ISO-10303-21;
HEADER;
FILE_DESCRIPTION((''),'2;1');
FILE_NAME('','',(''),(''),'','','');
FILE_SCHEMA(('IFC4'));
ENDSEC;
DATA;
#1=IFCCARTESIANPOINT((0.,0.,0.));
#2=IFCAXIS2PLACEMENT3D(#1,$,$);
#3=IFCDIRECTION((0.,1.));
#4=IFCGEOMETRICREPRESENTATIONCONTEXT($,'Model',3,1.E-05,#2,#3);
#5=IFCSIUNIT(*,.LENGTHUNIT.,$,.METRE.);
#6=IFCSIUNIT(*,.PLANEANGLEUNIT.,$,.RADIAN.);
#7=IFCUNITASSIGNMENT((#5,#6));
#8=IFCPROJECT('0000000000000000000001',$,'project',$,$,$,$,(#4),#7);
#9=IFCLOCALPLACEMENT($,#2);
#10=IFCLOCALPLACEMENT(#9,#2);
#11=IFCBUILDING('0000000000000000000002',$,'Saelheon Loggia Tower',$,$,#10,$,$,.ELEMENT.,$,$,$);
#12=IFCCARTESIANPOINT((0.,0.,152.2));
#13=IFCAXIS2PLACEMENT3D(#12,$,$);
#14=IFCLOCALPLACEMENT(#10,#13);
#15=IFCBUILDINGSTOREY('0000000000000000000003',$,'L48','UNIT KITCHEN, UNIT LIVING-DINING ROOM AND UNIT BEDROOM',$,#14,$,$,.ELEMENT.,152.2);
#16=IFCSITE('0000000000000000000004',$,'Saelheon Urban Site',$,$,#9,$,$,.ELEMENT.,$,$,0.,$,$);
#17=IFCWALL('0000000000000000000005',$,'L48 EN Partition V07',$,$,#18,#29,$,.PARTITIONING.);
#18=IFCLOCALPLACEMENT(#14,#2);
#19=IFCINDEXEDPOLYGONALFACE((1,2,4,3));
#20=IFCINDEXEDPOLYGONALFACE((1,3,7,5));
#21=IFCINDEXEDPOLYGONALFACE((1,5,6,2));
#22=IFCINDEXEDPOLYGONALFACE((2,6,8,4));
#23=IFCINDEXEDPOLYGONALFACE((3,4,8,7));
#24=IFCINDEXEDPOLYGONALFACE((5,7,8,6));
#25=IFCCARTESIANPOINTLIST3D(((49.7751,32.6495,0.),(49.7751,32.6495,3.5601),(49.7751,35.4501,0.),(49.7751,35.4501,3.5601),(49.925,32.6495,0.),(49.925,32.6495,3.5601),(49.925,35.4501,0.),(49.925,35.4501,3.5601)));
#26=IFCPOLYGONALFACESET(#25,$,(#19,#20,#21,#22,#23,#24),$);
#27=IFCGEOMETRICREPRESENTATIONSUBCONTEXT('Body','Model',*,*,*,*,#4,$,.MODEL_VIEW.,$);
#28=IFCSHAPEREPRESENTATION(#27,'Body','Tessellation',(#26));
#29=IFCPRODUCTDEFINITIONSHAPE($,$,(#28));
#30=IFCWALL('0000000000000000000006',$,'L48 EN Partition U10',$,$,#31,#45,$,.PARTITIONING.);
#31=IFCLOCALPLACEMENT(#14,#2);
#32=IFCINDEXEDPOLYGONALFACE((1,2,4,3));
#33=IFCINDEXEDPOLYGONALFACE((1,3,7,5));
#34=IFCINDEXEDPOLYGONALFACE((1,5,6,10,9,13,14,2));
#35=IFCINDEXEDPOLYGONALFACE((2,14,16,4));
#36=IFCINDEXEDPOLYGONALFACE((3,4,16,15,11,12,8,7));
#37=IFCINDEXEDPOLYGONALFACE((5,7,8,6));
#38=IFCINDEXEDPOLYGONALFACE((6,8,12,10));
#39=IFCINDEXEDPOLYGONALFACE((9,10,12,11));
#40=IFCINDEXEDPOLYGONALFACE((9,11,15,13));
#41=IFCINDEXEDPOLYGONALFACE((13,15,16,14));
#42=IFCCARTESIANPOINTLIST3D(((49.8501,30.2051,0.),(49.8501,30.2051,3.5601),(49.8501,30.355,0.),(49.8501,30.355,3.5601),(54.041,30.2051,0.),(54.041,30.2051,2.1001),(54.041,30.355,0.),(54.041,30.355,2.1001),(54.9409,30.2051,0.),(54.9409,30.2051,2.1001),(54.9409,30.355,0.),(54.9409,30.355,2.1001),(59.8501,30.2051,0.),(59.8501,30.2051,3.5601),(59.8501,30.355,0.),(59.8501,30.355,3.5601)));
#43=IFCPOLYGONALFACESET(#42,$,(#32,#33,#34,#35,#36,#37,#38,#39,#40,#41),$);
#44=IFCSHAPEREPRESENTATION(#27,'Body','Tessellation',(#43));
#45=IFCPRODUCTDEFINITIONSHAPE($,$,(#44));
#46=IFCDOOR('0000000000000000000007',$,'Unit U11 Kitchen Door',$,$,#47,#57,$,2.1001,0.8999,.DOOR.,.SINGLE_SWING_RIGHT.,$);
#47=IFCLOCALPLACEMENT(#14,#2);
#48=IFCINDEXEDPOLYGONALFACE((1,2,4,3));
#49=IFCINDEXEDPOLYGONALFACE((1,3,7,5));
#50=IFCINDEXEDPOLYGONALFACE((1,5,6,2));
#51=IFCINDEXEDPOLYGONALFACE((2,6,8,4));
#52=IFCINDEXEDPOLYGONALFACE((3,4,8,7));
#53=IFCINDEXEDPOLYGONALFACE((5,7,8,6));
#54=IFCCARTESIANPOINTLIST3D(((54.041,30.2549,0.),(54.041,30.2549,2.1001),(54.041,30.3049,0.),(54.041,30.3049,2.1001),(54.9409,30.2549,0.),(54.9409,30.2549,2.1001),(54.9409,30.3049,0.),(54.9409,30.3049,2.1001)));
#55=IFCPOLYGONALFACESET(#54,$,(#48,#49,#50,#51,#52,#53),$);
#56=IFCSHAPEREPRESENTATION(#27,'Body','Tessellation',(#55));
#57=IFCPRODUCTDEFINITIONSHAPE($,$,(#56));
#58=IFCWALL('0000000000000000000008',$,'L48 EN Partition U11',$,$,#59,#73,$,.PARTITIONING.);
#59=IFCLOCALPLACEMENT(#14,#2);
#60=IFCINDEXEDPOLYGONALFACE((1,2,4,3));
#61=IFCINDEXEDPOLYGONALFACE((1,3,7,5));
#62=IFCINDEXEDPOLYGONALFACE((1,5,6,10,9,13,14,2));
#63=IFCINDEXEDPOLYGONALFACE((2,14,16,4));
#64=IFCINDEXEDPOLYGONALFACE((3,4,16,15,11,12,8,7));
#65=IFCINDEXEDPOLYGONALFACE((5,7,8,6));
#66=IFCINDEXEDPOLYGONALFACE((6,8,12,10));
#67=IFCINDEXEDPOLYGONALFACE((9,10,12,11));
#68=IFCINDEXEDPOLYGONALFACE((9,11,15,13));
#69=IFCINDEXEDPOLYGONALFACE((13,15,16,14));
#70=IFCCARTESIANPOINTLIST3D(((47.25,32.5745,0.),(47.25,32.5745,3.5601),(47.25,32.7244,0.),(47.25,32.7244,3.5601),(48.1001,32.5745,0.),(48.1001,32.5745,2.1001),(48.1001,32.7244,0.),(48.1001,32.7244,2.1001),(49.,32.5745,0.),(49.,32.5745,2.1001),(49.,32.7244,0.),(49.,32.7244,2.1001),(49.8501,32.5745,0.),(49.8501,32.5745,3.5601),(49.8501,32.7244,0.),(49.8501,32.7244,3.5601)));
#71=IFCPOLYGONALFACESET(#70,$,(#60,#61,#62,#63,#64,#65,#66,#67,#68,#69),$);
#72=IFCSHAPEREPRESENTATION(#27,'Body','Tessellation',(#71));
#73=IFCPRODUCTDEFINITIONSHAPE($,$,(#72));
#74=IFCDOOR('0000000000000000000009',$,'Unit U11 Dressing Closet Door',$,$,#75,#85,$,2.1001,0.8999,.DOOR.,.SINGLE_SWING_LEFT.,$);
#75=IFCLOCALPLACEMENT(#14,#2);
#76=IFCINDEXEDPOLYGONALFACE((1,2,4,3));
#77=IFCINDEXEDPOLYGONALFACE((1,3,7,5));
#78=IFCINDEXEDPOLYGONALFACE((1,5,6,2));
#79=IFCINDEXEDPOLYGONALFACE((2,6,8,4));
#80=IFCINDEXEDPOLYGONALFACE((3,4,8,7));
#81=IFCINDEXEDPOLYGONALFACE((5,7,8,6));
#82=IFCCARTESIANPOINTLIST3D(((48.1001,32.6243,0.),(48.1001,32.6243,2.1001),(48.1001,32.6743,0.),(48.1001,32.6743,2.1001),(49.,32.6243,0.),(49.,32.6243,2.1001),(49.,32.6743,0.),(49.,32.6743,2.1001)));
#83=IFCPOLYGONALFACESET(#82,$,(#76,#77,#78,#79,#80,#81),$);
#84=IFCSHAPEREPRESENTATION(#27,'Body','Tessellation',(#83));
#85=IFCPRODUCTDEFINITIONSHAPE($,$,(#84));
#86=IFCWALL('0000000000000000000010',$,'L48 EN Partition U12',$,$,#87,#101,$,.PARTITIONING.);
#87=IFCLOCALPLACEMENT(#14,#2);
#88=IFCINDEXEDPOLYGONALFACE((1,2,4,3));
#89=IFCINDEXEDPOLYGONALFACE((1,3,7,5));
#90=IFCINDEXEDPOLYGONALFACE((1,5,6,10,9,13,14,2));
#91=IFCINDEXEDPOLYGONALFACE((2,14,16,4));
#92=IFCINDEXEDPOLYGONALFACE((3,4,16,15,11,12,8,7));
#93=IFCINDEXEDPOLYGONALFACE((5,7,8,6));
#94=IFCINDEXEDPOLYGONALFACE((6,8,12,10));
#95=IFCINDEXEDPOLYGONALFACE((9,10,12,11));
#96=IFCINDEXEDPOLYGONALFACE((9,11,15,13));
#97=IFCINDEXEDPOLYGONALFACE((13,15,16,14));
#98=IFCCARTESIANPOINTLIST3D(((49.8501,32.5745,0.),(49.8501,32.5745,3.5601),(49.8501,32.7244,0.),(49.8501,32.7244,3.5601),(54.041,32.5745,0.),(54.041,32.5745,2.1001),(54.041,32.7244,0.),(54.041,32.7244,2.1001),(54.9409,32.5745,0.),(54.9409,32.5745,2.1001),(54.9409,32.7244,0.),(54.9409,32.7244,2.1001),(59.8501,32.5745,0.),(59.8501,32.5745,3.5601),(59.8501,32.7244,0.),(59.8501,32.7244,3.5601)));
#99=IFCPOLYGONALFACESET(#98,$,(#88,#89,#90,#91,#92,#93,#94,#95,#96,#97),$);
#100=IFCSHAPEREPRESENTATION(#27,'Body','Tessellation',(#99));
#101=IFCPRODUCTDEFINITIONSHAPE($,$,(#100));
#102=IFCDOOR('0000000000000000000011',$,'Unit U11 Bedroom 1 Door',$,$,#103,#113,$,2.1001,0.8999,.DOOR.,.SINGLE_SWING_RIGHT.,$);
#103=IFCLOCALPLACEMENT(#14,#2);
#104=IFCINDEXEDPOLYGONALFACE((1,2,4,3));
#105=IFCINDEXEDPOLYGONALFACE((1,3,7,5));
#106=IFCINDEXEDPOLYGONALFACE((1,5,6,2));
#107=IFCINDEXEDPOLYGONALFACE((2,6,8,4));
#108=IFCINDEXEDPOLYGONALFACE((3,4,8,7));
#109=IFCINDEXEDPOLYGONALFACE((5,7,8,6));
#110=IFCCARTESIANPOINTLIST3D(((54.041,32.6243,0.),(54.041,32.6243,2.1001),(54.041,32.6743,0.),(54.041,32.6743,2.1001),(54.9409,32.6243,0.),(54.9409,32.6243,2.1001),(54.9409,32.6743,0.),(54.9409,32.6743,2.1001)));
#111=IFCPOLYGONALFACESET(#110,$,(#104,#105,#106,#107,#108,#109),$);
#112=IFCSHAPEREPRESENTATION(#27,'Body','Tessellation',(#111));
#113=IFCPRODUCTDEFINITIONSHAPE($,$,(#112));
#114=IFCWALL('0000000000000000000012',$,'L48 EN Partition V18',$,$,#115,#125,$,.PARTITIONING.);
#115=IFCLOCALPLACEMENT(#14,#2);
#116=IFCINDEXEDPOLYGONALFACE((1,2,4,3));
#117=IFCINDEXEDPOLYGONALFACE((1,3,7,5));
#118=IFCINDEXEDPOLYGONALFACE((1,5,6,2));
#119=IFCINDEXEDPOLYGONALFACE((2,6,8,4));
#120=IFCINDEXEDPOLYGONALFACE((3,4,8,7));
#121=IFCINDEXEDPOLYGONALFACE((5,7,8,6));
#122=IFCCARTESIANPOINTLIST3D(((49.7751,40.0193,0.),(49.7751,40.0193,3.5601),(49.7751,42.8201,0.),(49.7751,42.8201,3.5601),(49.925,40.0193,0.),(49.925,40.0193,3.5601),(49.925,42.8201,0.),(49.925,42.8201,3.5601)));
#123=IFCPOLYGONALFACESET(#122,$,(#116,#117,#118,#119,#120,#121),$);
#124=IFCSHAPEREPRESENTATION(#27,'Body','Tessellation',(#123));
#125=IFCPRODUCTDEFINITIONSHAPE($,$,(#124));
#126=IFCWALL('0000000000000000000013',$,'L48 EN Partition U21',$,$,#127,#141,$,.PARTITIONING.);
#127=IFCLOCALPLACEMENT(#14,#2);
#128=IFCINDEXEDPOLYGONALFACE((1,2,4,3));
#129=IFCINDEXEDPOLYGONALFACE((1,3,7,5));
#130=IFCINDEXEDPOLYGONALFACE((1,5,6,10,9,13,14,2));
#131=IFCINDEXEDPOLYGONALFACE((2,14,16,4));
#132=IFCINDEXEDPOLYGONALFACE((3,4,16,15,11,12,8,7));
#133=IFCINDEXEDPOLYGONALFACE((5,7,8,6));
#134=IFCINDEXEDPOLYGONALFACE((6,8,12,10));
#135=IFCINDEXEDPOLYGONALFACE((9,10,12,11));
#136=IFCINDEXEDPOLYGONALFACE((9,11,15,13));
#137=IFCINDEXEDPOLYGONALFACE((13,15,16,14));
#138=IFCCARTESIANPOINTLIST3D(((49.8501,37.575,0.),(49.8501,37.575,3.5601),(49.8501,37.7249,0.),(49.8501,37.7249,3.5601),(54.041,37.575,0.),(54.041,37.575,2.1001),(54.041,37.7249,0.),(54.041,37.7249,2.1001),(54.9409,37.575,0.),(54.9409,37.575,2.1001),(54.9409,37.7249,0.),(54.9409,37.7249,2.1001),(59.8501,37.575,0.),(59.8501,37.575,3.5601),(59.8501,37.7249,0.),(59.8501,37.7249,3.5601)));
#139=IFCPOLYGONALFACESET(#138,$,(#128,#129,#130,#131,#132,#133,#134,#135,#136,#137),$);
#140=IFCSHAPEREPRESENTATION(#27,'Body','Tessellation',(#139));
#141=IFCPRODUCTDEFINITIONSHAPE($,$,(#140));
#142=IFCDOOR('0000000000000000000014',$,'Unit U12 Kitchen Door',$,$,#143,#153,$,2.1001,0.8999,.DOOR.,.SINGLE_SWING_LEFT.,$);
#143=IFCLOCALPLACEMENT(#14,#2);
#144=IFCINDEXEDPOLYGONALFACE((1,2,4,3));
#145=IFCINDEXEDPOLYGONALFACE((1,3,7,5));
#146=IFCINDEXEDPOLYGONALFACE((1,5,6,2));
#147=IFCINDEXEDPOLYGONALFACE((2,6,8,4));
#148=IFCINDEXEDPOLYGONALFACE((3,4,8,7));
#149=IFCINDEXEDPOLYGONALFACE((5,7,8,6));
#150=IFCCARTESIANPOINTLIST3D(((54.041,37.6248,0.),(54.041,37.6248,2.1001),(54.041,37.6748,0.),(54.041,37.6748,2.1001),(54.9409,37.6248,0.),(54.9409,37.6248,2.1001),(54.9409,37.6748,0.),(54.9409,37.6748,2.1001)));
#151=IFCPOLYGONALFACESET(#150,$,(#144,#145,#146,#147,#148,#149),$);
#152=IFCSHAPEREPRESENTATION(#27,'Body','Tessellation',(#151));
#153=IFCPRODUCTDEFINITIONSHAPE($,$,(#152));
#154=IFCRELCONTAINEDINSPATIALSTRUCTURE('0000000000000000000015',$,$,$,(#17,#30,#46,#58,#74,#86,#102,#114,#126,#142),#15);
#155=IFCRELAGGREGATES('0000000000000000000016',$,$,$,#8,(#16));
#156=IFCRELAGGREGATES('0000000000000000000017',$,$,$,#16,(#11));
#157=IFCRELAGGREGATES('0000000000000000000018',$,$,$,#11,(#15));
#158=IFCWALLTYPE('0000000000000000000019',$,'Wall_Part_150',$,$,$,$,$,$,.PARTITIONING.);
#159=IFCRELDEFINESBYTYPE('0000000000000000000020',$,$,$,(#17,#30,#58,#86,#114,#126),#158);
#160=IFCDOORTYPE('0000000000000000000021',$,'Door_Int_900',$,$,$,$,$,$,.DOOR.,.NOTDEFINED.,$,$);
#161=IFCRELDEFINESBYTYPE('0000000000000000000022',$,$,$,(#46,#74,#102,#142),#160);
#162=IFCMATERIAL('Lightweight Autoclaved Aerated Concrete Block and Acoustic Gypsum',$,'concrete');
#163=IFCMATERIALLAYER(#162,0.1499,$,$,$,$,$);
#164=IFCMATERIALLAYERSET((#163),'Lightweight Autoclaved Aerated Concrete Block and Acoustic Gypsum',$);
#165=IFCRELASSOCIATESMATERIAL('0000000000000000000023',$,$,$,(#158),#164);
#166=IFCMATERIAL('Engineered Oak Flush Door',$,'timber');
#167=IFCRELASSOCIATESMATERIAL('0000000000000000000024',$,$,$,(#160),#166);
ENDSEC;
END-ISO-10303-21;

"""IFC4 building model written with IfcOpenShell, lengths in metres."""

from ifc_helpers import new_model, si_unit, direction, frame, frame_2d, origin, place, context, subcontext, project, spatial, rectangle, extrude, source, transform, mapped, material, layer, layer_set, type_object, element, fill, save


model = new_model("IFC4")

# Units and contexts
model_context = context("Model", 3, precision=1e-05, world=origin(), true_north=direction((0.0, 1.0)))
body_context = subcontext(model_context, "Body", "Model", "MODEL_VIEW")
ifc_project = project(units=[si_unit("LENGTHUNIT", "METRE"), si_unit("PLANEANGLEUNIT", "RADIAN")], contexts=[model_context])

# Site, building, storey
site_placement = place(None, origin())
site = spatial("IfcSite", under=ifc_project, at=site_placement, Name="Saelheon Urban Site", CompositionType="ELEMENT", RefElevation=0.0)
building_placement = place(site_placement, origin())
building = spatial("IfcBuilding", under=site, at=building_placement, Name="Saelheon Loggia Tower", CompositionType="ELEMENT")
storey_placement = place(building_placement, frame((0.0, 0.0, 152.2)))
storey = spatial("IfcBuildingStorey", under=building, at=storey_placement, Name="L48", Description="UNIT KITCHEN, UNIT LIVING-DINING ROOM AND UNIT BEDROOM", CompositionType="ELEMENT", Elevation=152.2)

# Wall
ifc_material_1 = material(Name="Lightweight Autoclaved Aerated Concrete Block and Acoustic Gypsum", Category="concrete")
ifc_layer_1 = layer(ifc_material_1, 0.1499)
ifc_layer_set_1 = layer_set([ifc_layer_1], Name="Lightweight Autoclaved Aerated Concrete Block and Acoustic Gypsum")
wall_type_1 = type_object("IfcWallType", Name="Wall_Part_150", PredefinedType="PARTITIONING", material=ifc_layer_set_1)
wall_1_placement = place(storey_placement, frame((49.8501, 32.6494, 0.0), z_axis=(0.0, 0.0, 1.0), x_axis=(0.0, 1.0, 0.0)))
element("IfcWall", 1, at=wall_1_placement, inside=storey, type_object=wall_type_1, Name="L48 EN Partition V07", PredefinedType="PARTITIONING", context=body_context, shape_type="SweptSolid", body=[
    extrude(rectangle(XDim=2.8005, YDim=0.1499, at=frame_2d((1.4004, 0.0))), origin(), (0.0, 0.0, 1.0), 3.5601),
])

# Walls, openings, doors
wall_2_placement = place(storey_placement, frame((49.8501, 30.28, 0.0), z_axis=(0.0, 0.0, 1.0), x_axis=(1.0, 0.0, 0.0)))
wall_2 = element("IfcWall", 2, at=wall_2_placement, inside=storey, type_object=wall_type_1, Name="L48 EN Partition U10", PredefinedType="PARTITIONING", context=body_context, shape_type="SweptSolid", body=[
    extrude(rectangle(XDim=10.0, YDim=0.1499, at=frame_2d((5.0, 0.0))), origin(), (0.0, 0.0, 1.0), 3.5601),
])
opening_1_placement = place(wall_2_placement, frame((4.1909, 0.0, 0.0)))
opening_1 = element("IfcOpeningElement", 3, at=opening_1_placement, cuts=wall_2, PredefinedType="OPENING", context=body_context, shape_type="SweptSolid", body=[
    extrude(rectangle(XDim=0.8999, YDim=2.1001, at=frame_2d((0.45, 1.05))), frame((0.0, 0.0869, 0.0), z_axis=(0.0, -1.0, 0.0), x_axis=(1.0, 0.0, 0.0)), (0.0, 0.0, 1.0), 0.1738),
])
ifc_material_2 = material(Name="Engineered Oak Flush Door", Category="timber")
door_type_1 = type_object("IfcDoorType", Name="Door_Int_900", OperationType="NOTDEFINED", PredefinedType="DOOR", material=ifc_material_2)
shared_shape_1 = source(origin(), body_context, "Body", "SweptSolid", [
    extrude(rectangle(XDim=0.8999, YDim=2.1001, at=frame_2d((0.45, 1.05))), frame((0.0, 0.0249, 0.0), z_axis=(0.0, -1.0, 0.0), x_axis=(1.0, 0.0, 0.0)), (0.0, 0.0, 1.0), 0.05),
])
door_1_placement = place(opening_1_placement, origin())
door_1 = element("IfcDoor", 4, at=door_1_placement, inside=storey, type_object=door_type_1, Name="Unit U11 Kitchen Door", OperationType="SINGLE_SWING_RIGHT", OverallHeight=2.1001, OverallWidth=0.8999, PredefinedType="DOOR", context=body_context, shape_type="MappedRepresentation", body=[
    mapped(shared_shape_1, transform((0.0, 0.0, 0.0), scale=1.0)),
])
fill(opening_1, door_1)
wall_3_placement = place(storey_placement, frame((47.25, 32.6494, 0.0), z_axis=(0.0, 0.0, 1.0), x_axis=(1.0, 0.0, 0.0)))
wall_3 = element("IfcWall", 5, at=wall_3_placement, inside=storey, type_object=wall_type_1, Name="L48 EN Partition U11", PredefinedType="PARTITIONING", context=body_context, shape_type="SweptSolid", body=[
    extrude(rectangle(XDim=2.6001, YDim=0.1499, at=frame_2d((1.3, 0.0))), origin(), (0.0, 0.0, 1.0), 3.5601),
])
opening_2_placement = place(wall_3_placement, frame((0.8501, 0.0, 0.0)))
opening_2 = element("IfcOpeningElement", 6, at=opening_2_placement, cuts=wall_3, PredefinedType="OPENING", context=body_context, shape_type="SweptSolid", body=[
    extrude(rectangle(XDim=0.8999, YDim=2.1001, at=frame_2d((0.45, 1.05))), frame((0.0, 0.0869, 0.0), z_axis=(0.0, -1.0, 0.0), x_axis=(1.0, 0.0, 0.0)), (0.0, 0.0, 1.0), 0.1738),
])
door_2_placement = place(opening_2_placement, origin())
door_2 = element("IfcDoor", 7, at=door_2_placement, inside=storey, type_object=door_type_1, Name="Unit U11 Dressing Closet Door", OperationType="SINGLE_SWING_LEFT", OverallHeight=2.1001, OverallWidth=0.8999, PredefinedType="DOOR", context=body_context, shape_type="MappedRepresentation", body=[
    mapped(shared_shape_1, transform((0.0, 0.0, 0.0), scale=1.0)),
])
fill(opening_2, door_2)
wall_4_placement = place(storey_placement, frame((49.8501, 32.6494, 0.0), z_axis=(0.0, 0.0, 1.0), x_axis=(1.0, 0.0, 0.0)))
wall_4 = element("IfcWall", 8, at=wall_4_placement, inside=storey, type_object=wall_type_1, Name="L48 EN Partition U12", PredefinedType="PARTITIONING", context=body_context, shape_type="SweptSolid", body=[
    extrude(rectangle(XDim=10.0, YDim=0.1499, at=frame_2d((5.0, 0.0))), origin(), (0.0, 0.0, 1.0), 3.5601),
])
opening_3_placement = place(wall_4_placement, frame((4.1909, 0.0, 0.0)))
opening_3 = element("IfcOpeningElement", 9, at=opening_3_placement, cuts=wall_4, PredefinedType="OPENING", context=body_context, shape_type="SweptSolid", body=[
    extrude(rectangle(XDim=0.8999, YDim=2.1001, at=frame_2d((0.45, 1.05))), frame((0.0, 0.0869, 0.0), z_axis=(0.0, -1.0, 0.0), x_axis=(1.0, 0.0, 0.0)), (0.0, 0.0, 1.0), 0.1738),
])
door_3_placement = place(opening_3_placement, origin())
door_3 = element("IfcDoor", 10, at=door_3_placement, inside=storey, type_object=door_type_1, Name="Unit U11 Bedroom 1 Door", OperationType="SINGLE_SWING_RIGHT", OverallHeight=2.1001, OverallWidth=0.8999, PredefinedType="DOOR", context=body_context, shape_type="MappedRepresentation", body=[
    mapped(shared_shape_1, transform((0.0, 0.0, 0.0), scale=1.0)),
])
fill(opening_3, door_3)

# Wall
wall_5_placement = place(storey_placement, frame((49.8501, 40.0193, 0.0), z_axis=(0.0, 0.0, 1.0), x_axis=(0.0, 1.0, 0.0)))
element("IfcWall", 11, at=wall_5_placement, inside=storey, type_object=wall_type_1, Name="L48 EN Partition V18", PredefinedType="PARTITIONING", context=body_context, shape_type="SweptSolid", body=[
    extrude(rectangle(XDim=2.8008, YDim=0.1499, at=frame_2d((1.4004, 0.0))), origin(), (0.0, 0.0, 1.0), 3.5601),
])

# Wall, opening, door
wall_6_placement = place(storey_placement, frame((49.8501, 37.6499, 0.0), z_axis=(0.0, 0.0, 1.0), x_axis=(1.0, 0.0, 0.0)))
wall_6 = element("IfcWall", 12, at=wall_6_placement, inside=storey, type_object=wall_type_1, Name="L48 EN Partition U21", PredefinedType="PARTITIONING", context=body_context, shape_type="SweptSolid", body=[
    extrude(rectangle(XDim=10.0, YDim=0.1499, at=frame_2d((5.0, 0.0))), origin(), (0.0, 0.0, 1.0), 3.5601),
])
opening_4_placement = place(wall_6_placement, frame((4.1909, 0.0, 0.0)))
opening_4 = element("IfcOpeningElement", 13, at=opening_4_placement, cuts=wall_6, PredefinedType="OPENING", context=body_context, shape_type="SweptSolid", body=[
    extrude(rectangle(XDim=0.8999, YDim=2.1001, at=frame_2d((0.45, 1.05))), frame((0.0, 0.0869, 0.0), z_axis=(0.0, -1.0, 0.0), x_axis=(1.0, 0.0, 0.0)), (0.0, 0.0, 1.0), 0.1738),
])
door_4_placement = place(opening_4_placement, origin())
door_4 = element("IfcDoor", 14, at=door_4_placement, inside=storey, type_object=door_type_1, Name="Unit U12 Kitchen Door", OperationType="SINGLE_SWING_LEFT", OverallHeight=2.1001, OverallWidth=0.8999, PredefinedType="DOOR", context=body_context, shape_type="MappedRepresentation", body=[
    mapped(shared_shape_1, transform((0.0, 0.0, 0.0), scale=1.0)),
])
fill(opening_4, door_4)

save(model, "model.ifc")
